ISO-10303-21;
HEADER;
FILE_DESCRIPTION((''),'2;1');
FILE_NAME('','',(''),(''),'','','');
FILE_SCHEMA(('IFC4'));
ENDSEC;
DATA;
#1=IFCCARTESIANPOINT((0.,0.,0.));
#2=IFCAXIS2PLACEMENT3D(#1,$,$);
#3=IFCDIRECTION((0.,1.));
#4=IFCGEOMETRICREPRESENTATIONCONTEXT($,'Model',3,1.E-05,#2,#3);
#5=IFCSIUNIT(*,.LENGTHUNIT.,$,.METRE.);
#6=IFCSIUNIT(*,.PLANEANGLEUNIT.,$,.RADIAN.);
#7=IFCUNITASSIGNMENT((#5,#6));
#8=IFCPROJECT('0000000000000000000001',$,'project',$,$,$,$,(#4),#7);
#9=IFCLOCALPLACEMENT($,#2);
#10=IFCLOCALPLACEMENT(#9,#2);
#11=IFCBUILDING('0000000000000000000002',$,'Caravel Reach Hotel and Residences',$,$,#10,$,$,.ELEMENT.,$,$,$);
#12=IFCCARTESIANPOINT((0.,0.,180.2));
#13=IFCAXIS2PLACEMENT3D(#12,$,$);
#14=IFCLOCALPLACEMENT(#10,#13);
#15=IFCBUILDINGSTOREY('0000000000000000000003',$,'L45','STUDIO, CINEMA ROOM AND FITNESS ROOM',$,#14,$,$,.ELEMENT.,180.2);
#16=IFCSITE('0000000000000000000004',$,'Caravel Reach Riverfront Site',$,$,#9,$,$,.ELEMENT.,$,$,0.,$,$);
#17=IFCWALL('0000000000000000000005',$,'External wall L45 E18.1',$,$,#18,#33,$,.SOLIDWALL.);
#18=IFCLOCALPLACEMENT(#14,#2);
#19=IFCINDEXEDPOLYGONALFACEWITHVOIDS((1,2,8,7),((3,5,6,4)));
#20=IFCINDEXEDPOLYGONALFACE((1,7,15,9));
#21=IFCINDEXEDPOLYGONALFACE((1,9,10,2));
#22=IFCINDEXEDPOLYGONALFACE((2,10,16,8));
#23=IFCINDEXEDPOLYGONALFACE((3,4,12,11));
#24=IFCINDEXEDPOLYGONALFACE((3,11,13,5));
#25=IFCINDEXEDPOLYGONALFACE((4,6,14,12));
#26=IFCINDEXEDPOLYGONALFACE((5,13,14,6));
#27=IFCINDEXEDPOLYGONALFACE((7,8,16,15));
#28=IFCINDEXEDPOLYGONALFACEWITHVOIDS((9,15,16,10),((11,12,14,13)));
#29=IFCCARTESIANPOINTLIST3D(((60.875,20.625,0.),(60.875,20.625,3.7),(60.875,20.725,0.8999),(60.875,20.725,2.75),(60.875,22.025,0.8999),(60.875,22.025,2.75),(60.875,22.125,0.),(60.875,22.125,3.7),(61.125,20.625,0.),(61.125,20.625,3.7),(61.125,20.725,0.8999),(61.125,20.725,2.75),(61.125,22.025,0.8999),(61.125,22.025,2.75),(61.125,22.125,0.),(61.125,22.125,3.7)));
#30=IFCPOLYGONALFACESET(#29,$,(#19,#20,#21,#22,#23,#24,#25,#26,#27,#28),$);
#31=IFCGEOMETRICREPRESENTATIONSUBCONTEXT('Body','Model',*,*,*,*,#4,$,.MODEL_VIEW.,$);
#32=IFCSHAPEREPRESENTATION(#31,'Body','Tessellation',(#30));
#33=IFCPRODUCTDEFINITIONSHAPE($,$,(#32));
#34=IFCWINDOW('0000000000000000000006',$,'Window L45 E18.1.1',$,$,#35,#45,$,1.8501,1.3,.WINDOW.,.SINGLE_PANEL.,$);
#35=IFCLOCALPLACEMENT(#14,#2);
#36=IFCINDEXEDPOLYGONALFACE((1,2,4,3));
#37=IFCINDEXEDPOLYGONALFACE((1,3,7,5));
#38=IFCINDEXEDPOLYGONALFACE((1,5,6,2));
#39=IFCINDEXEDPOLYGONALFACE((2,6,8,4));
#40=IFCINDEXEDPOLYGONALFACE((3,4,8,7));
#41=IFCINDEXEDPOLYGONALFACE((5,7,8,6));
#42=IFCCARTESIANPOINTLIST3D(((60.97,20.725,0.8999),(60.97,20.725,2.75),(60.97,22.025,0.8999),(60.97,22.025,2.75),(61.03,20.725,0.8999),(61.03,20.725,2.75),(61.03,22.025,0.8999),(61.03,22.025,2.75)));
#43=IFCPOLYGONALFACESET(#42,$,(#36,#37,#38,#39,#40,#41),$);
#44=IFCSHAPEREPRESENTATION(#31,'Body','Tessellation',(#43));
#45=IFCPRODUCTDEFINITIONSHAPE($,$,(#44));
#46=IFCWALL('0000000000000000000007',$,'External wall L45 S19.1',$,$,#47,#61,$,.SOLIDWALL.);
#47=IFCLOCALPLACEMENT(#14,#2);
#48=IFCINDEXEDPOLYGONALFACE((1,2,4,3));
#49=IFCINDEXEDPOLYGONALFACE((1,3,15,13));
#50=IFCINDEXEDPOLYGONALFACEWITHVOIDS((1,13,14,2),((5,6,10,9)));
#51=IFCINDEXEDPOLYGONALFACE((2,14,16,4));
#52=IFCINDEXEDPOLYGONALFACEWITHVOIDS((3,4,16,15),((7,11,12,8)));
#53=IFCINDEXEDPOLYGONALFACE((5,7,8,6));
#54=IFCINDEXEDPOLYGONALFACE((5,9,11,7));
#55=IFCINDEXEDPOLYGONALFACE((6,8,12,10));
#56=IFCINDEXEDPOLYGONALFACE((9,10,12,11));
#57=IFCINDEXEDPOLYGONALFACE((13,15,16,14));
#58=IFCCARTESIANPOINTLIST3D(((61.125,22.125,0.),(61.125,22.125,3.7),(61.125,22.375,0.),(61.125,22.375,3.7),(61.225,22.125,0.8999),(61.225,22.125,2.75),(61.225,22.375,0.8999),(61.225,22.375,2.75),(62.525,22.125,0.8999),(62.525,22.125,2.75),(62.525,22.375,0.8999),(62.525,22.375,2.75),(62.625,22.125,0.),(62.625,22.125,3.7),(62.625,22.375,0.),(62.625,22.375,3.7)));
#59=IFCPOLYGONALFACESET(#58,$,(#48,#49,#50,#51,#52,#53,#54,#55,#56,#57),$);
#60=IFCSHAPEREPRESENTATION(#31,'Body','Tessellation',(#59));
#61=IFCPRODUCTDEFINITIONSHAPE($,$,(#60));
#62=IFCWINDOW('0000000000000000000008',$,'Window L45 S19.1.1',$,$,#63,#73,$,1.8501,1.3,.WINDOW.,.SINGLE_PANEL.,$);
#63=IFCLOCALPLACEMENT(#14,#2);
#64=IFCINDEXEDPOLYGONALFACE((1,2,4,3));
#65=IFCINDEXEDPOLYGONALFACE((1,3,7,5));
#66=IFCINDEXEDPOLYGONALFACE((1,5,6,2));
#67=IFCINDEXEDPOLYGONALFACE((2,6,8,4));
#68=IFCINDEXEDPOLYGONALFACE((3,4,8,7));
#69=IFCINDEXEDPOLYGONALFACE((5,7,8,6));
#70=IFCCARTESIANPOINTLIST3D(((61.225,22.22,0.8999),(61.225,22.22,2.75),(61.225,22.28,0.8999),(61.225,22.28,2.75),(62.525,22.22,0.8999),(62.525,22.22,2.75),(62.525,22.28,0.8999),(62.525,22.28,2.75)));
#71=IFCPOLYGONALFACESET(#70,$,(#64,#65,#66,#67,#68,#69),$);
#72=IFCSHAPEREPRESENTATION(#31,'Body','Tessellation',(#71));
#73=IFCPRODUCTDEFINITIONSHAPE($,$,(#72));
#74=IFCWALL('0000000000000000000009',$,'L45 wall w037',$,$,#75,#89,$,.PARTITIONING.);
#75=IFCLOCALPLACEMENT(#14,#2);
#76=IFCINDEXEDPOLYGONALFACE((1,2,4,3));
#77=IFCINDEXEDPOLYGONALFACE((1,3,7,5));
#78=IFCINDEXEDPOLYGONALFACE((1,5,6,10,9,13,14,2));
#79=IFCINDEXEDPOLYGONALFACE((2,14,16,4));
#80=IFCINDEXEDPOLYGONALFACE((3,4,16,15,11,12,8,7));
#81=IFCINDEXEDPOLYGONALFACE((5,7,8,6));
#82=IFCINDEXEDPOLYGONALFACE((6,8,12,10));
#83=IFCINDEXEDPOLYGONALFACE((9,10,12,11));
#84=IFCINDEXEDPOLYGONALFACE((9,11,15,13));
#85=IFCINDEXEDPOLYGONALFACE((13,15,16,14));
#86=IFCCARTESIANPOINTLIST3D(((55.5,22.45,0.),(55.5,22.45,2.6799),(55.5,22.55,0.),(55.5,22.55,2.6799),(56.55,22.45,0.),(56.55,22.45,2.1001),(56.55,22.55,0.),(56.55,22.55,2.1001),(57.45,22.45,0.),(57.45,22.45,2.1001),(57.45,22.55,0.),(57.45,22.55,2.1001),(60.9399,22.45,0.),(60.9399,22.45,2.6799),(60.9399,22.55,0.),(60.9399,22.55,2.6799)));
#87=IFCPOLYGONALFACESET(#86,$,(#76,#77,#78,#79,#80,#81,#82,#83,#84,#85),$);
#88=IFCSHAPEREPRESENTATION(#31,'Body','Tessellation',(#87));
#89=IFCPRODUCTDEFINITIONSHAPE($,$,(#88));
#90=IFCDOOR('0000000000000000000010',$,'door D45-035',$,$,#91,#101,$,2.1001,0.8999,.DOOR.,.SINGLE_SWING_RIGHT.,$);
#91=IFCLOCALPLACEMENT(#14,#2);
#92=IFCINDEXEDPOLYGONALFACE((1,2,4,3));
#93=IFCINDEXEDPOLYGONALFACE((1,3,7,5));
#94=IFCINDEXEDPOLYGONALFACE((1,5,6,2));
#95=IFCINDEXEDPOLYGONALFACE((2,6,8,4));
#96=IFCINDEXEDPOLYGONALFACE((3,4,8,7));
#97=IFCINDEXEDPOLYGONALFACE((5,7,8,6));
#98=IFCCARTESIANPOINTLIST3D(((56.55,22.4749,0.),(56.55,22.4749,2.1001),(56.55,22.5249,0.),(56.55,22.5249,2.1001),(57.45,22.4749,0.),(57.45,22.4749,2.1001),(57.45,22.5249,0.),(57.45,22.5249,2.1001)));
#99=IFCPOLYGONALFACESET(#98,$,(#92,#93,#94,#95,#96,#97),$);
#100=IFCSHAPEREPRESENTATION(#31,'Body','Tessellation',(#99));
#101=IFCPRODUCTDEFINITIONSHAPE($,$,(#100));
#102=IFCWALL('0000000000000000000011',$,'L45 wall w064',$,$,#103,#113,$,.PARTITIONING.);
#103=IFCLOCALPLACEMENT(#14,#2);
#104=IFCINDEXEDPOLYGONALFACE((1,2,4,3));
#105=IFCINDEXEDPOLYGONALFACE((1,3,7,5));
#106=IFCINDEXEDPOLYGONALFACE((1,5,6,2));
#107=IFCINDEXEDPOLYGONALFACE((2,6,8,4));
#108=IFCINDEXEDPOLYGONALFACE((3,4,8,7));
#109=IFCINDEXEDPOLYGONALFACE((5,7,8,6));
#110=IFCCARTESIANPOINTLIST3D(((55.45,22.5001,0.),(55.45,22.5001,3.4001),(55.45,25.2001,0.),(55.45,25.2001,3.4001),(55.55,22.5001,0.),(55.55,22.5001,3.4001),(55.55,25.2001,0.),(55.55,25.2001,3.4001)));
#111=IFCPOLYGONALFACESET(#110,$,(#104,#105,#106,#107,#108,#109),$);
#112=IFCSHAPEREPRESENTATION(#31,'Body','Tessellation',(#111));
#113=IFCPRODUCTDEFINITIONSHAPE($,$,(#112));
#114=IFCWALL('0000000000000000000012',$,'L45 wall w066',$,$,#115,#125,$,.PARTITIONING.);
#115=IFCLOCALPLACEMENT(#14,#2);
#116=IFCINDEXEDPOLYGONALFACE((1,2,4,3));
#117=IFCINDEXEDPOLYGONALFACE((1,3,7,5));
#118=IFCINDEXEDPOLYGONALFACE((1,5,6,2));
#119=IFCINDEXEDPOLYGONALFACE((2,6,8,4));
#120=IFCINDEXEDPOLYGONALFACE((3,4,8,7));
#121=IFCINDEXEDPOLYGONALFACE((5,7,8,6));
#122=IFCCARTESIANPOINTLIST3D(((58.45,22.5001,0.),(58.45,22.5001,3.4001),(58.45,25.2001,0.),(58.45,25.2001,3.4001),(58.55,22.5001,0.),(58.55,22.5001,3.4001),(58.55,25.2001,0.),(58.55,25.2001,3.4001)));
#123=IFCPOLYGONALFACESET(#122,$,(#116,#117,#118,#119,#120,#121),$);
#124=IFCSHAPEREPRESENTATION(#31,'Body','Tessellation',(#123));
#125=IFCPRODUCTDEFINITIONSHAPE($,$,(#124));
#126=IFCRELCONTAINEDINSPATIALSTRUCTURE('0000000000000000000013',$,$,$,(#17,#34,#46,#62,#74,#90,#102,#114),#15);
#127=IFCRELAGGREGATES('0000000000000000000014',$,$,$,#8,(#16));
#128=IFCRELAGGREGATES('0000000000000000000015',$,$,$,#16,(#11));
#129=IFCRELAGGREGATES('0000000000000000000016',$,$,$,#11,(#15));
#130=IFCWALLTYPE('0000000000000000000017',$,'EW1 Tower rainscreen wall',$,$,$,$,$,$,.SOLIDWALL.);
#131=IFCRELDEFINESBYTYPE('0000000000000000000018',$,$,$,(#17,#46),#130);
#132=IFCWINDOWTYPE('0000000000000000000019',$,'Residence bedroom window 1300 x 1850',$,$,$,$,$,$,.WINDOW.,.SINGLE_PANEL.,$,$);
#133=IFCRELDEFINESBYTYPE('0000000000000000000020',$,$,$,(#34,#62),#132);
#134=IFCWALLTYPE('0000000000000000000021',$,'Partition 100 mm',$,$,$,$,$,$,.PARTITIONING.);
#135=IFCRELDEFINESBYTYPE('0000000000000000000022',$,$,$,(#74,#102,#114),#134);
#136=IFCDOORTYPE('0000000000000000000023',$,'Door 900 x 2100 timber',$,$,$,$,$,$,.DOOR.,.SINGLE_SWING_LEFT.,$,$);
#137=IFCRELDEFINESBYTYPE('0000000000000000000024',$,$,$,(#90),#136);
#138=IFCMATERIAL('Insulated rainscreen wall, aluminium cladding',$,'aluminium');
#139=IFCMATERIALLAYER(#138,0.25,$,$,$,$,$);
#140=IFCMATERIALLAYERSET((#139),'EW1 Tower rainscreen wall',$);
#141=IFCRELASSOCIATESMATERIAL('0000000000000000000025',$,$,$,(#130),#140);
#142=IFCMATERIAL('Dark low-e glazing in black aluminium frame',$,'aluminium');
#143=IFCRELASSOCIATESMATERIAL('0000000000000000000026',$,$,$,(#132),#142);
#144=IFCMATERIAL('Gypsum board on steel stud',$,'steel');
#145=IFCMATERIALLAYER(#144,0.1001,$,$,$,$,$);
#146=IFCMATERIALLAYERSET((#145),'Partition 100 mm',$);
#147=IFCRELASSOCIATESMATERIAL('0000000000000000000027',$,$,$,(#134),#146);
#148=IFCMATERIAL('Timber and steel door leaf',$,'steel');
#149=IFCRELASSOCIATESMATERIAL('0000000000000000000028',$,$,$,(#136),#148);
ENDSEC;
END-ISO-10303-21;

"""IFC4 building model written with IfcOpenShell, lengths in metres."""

from ifc_helpers import new_model, si_unit, direction, frame, frame_2d, origin, place, context, subcontext, project, spatial, rectangle, extrude, material, layer, layer_set, type_object, element, fill, save


model = new_model("IFC4")

# Units and contexts
model_context = context("Model", 3, precision=1e-05, world=origin(), true_north=direction((0.0, 1.0)))
body_context = subcontext(model_context, "Body", "Model", "MODEL_VIEW")
ifc_project = project(units=[si_unit("LENGTHUNIT", "METRE"), si_unit("PLANEANGLEUNIT", "RADIAN")], contexts=[model_context])

# Site, building, storey
site_placement = place(None, origin())
site = spatial("IfcSite", under=ifc_project, at=site_placement, Name="Caravel Reach Riverfront Site", CompositionType="ELEMENT", RefElevation=0.0)
building_placement = place(site_placement, origin())
building = spatial("IfcBuilding", under=site, at=building_placement, Name="Caravel Reach Hotel and Residences", CompositionType="ELEMENT")
storey_placement = place(building_placement, frame((0.0, 0.0, 180.2)))
storey = spatial("IfcBuildingStorey", under=building, at=storey_placement, Name="L45", Description="STUDIO, CINEMA ROOM AND FITNESS ROOM", CompositionType="ELEMENT", Elevation=180.2)

# Shared definitions
ifc_material_1 = material(Name="Insulated rainscreen wall, aluminium cladding", Category="aluminium")
ifc_layer_1 = layer(ifc_material_1, 0.25)
ifc_layer_set_1 = layer_set([ifc_layer_1], Name="EW1 Tower rainscreen wall")
wall_type_1 = type_object("IfcWallType", Name="EW1 Tower rainscreen wall", PredefinedType="SOLIDWALL", material=ifc_layer_set_1)

# Walls, openings, windows
ifc_material_2 = material(Name="Dark low-e glazing in black aluminium frame", Category="aluminium")
window_type_1 = type_object("IfcWindowType", Name="Residence bedroom window 1300 x 1850", PartitioningType="SINGLE_PANEL", PredefinedType="WINDOW", material=ifc_material_2)
wall_1_placement = place(storey_placement, frame((61.0, 20.625, 0.0), z_axis=(0.0, 0.0, 1.0), x_axis=(0.0, 1.0, 0.0)))
wall_1 = element("IfcWall", 1, at=wall_1_placement, inside=storey, type_object=wall_type_1, Name="External wall L45 E18.1", PredefinedType="SOLIDWALL", context=body_context, shape_type="SweptSolid", body=[
    extrude(rectangle(XDim=1.5, YDim=0.25, at=frame_2d((0.75, 0.0))), origin(), (0.0, 0.0, 1.0), 3.7),
])
opening_1_placement = place(wall_1_placement, frame((0.1001, 0.0, 0.8999)))
opening_1 = element("IfcOpeningElement", 2, at=opening_1_placement, cuts=wall_1, PredefinedType="OPENING", context=body_context, shape_type="SweptSolid", body=[
    extrude(rectangle(XDim=1.3, YDim=1.8501, at=frame_2d((0.6499, 0.925))), frame((0.0, 0.135, 0.0), z_axis=(0.0, -1.0, 0.0), x_axis=(1.0, 0.0, 0.0)), (0.0, 0.0, 1.0), 0.27),
])
window_1_placement = place(opening_1_placement, origin())
window_1 = element("IfcWindow", 3, at=window_1_placement, inside=storey, type_object=window_type_1, Name="Window L45 E18.1.1", OverallHeight=1.8501, OverallWidth=1.3, PartitioningType="SINGLE_PANEL", PredefinedType="WINDOW", context=body_context, shape_type="SweptSolid", body=[
    extrude(rectangle(XDim=1.3, YDim=1.8501, at=frame_2d((0.6499, 0.925))), frame((0.0, 0.03, 0.0), z_axis=(0.0, -1.0, 0.0), x_axis=(1.0, 0.0, 0.0)), (0.0, 0.0, 1.0), 0.0601),
])
fill(opening_1, window_1)
wall_2_placement = place(storey_placement, frame((61.125, 22.25, 0.0), z_axis=(0.0, 0.0, 1.0), x_axis=(1.0, 0.0, 0.0)))
wall_2 = element("IfcWall", 4, at=wall_2_placement, inside=storey, type_object=wall_type_1, Name="External wall L45 S19.1", PredefinedType="SOLIDWALL", context=body_context, shape_type="SweptSolid", body=[
    extrude(rectangle(XDim=1.5, YDim=0.25, at=frame_2d((0.75, 0.0))), origin(), (0.0, 0.0, 1.0), 3.7),
])
opening_2_placement = place(wall_2_placement, frame((0.1001, 0.0, 0.8999)))
opening_2 = element("IfcOpeningElement", 5, at=opening_2_placement, cuts=wall_2, PredefinedType="OPENING", context=body_context, shape_type="SweptSolid", body=[
    extrude(rectangle(XDim=1.3, YDim=1.8501, at=frame_2d((0.6499, 0.925))), frame((0.0, 0.135, 0.0), z_axis=(0.0, -1.0, 0.0), x_axis=(1.0, 0.0, 0.0)), (0.0, 0.0, 1.0), 0.27),
])
window_2_placement = place(opening_2_placement, origin())
window_2 = element("IfcWindow", 6, at=window_2_placement, inside=storey, type_object=window_type_1, Name="Window L45 S19.1.1", OverallHeight=1.8501, OverallWidth=1.3, PartitioningType="SINGLE_PANEL", PredefinedType="WINDOW", context=body_context, shape_type="SweptSolid", body=[
    extrude(rectangle(XDim=1.3, YDim=1.8501, at=frame_2d((0.6499, 0.925))), frame((0.0, 0.03, 0.0), z_axis=(0.0, -1.0, 0.0), x_axis=(1.0, 0.0, 0.0)), (0.0, 0.0, 1.0), 0.0601),
])
fill(opening_2, window_2)

# Wall, opening, door
ifc_material_3 = material(Name="Gypsum board on steel stud", Category="steel")
ifc_layer_2 = layer(ifc_material_3, 0.1001)
ifc_layer_set_2 = layer_set([ifc_layer_2], Name="Partition 100 mm")
wall_type_2 = type_object("IfcWallType", Name="Partition 100 mm", PredefinedType="PARTITIONING", material=ifc_layer_set_2)
wall_3_placement = place(storey_placement, frame((55.5, 22.5, 0.0), z_axis=(0.0, 0.0, 1.0), x_axis=(1.0, 0.0, 0.0)))
wall_3 = element("IfcWall", 7, at=wall_3_placement, inside=storey, type_object=wall_type_2, Name="L45 wall w037", PredefinedType="PARTITIONING", context=body_context, shape_type="SweptSolid", body=[
    extrude(rectangle(XDim=5.4399, YDim=0.1001, at=frame_2d((2.72, 0.0))), origin(), (0.0, 0.0, 1.0), 2.6799),
])
opening_3_placement = place(wall_3_placement, frame((1.05, 0.0, 0.0)))
opening_3 = element("IfcOpeningElement", 8, at=opening_3_placement, cuts=wall_3, PredefinedType="OPENING", context=body_context, shape_type="SweptSolid", body=[
    extrude(rectangle(XDim=0.8999, YDim=2.1001, at=frame_2d((0.45, 1.05))), frame((0.0, 0.0601, 0.0), z_axis=(0.0, -1.0, 0.0), x_axis=(1.0, 0.0, 0.0)), (0.0, 0.0, 1.0), 0.1201),
])
ifc_material_4 = material(Name="Timber and steel door leaf", Category="steel")
door_type_1 = type_object("IfcDoorType", Name="Door 900 x 2100 timber", OperationType="SINGLE_SWING_LEFT", PredefinedType="DOOR", material=ifc_material_4)
door_1_placement = place(opening_3_placement, origin())
door_1 = element("IfcDoor", 9, at=door_1_placement, inside=storey, type_object=door_type_1, Name="door D45-035", OperationType="SINGLE_SWING_RIGHT", OverallHeight=2.1001, OverallWidth=0.8999, PredefinedType="DOOR", context=body_context, shape_type="SweptSolid", body=[
    extrude(rectangle(XDim=0.8999, YDim=2.1001, at=frame_2d((0.45, 1.05))), frame((0.0, 0.0249, 0.0), z_axis=(0.0, -1.0, 0.0), x_axis=(1.0, 0.0, 0.0)), (0.0, 0.0, 1.0), 0.05),
])
fill(opening_3, door_1)

# Walls
for number, where, z_axis, x_axis, name in (
    (10, (55.5, 22.5, 0.0), (0.0, 0.0, 1.0), (0.0, 1.0, 0.0), "L45 wall w064"),
    (11, (58.5, 22.5, 0.0), (0.0, 0.0, 1.0), (0.0, 1.0, 0.0), "L45 wall w066"),
):
    element("IfcWall", number, at=place(storey_placement, frame(where, z_axis=z_axis, x_axis=x_axis)), inside=storey, type_object=wall_type_2, Name=name, PredefinedType="PARTITIONING", context=body_context, shape_type="SweptSolid", body=[
        extrude(rectangle(XDim=2.7, YDim=0.1001, at=frame_2d((1.3501, 0.0))), origin(), (0.0, 0.0, 1.0), 3.4001),
    ])

save(model, "model.ifc")
